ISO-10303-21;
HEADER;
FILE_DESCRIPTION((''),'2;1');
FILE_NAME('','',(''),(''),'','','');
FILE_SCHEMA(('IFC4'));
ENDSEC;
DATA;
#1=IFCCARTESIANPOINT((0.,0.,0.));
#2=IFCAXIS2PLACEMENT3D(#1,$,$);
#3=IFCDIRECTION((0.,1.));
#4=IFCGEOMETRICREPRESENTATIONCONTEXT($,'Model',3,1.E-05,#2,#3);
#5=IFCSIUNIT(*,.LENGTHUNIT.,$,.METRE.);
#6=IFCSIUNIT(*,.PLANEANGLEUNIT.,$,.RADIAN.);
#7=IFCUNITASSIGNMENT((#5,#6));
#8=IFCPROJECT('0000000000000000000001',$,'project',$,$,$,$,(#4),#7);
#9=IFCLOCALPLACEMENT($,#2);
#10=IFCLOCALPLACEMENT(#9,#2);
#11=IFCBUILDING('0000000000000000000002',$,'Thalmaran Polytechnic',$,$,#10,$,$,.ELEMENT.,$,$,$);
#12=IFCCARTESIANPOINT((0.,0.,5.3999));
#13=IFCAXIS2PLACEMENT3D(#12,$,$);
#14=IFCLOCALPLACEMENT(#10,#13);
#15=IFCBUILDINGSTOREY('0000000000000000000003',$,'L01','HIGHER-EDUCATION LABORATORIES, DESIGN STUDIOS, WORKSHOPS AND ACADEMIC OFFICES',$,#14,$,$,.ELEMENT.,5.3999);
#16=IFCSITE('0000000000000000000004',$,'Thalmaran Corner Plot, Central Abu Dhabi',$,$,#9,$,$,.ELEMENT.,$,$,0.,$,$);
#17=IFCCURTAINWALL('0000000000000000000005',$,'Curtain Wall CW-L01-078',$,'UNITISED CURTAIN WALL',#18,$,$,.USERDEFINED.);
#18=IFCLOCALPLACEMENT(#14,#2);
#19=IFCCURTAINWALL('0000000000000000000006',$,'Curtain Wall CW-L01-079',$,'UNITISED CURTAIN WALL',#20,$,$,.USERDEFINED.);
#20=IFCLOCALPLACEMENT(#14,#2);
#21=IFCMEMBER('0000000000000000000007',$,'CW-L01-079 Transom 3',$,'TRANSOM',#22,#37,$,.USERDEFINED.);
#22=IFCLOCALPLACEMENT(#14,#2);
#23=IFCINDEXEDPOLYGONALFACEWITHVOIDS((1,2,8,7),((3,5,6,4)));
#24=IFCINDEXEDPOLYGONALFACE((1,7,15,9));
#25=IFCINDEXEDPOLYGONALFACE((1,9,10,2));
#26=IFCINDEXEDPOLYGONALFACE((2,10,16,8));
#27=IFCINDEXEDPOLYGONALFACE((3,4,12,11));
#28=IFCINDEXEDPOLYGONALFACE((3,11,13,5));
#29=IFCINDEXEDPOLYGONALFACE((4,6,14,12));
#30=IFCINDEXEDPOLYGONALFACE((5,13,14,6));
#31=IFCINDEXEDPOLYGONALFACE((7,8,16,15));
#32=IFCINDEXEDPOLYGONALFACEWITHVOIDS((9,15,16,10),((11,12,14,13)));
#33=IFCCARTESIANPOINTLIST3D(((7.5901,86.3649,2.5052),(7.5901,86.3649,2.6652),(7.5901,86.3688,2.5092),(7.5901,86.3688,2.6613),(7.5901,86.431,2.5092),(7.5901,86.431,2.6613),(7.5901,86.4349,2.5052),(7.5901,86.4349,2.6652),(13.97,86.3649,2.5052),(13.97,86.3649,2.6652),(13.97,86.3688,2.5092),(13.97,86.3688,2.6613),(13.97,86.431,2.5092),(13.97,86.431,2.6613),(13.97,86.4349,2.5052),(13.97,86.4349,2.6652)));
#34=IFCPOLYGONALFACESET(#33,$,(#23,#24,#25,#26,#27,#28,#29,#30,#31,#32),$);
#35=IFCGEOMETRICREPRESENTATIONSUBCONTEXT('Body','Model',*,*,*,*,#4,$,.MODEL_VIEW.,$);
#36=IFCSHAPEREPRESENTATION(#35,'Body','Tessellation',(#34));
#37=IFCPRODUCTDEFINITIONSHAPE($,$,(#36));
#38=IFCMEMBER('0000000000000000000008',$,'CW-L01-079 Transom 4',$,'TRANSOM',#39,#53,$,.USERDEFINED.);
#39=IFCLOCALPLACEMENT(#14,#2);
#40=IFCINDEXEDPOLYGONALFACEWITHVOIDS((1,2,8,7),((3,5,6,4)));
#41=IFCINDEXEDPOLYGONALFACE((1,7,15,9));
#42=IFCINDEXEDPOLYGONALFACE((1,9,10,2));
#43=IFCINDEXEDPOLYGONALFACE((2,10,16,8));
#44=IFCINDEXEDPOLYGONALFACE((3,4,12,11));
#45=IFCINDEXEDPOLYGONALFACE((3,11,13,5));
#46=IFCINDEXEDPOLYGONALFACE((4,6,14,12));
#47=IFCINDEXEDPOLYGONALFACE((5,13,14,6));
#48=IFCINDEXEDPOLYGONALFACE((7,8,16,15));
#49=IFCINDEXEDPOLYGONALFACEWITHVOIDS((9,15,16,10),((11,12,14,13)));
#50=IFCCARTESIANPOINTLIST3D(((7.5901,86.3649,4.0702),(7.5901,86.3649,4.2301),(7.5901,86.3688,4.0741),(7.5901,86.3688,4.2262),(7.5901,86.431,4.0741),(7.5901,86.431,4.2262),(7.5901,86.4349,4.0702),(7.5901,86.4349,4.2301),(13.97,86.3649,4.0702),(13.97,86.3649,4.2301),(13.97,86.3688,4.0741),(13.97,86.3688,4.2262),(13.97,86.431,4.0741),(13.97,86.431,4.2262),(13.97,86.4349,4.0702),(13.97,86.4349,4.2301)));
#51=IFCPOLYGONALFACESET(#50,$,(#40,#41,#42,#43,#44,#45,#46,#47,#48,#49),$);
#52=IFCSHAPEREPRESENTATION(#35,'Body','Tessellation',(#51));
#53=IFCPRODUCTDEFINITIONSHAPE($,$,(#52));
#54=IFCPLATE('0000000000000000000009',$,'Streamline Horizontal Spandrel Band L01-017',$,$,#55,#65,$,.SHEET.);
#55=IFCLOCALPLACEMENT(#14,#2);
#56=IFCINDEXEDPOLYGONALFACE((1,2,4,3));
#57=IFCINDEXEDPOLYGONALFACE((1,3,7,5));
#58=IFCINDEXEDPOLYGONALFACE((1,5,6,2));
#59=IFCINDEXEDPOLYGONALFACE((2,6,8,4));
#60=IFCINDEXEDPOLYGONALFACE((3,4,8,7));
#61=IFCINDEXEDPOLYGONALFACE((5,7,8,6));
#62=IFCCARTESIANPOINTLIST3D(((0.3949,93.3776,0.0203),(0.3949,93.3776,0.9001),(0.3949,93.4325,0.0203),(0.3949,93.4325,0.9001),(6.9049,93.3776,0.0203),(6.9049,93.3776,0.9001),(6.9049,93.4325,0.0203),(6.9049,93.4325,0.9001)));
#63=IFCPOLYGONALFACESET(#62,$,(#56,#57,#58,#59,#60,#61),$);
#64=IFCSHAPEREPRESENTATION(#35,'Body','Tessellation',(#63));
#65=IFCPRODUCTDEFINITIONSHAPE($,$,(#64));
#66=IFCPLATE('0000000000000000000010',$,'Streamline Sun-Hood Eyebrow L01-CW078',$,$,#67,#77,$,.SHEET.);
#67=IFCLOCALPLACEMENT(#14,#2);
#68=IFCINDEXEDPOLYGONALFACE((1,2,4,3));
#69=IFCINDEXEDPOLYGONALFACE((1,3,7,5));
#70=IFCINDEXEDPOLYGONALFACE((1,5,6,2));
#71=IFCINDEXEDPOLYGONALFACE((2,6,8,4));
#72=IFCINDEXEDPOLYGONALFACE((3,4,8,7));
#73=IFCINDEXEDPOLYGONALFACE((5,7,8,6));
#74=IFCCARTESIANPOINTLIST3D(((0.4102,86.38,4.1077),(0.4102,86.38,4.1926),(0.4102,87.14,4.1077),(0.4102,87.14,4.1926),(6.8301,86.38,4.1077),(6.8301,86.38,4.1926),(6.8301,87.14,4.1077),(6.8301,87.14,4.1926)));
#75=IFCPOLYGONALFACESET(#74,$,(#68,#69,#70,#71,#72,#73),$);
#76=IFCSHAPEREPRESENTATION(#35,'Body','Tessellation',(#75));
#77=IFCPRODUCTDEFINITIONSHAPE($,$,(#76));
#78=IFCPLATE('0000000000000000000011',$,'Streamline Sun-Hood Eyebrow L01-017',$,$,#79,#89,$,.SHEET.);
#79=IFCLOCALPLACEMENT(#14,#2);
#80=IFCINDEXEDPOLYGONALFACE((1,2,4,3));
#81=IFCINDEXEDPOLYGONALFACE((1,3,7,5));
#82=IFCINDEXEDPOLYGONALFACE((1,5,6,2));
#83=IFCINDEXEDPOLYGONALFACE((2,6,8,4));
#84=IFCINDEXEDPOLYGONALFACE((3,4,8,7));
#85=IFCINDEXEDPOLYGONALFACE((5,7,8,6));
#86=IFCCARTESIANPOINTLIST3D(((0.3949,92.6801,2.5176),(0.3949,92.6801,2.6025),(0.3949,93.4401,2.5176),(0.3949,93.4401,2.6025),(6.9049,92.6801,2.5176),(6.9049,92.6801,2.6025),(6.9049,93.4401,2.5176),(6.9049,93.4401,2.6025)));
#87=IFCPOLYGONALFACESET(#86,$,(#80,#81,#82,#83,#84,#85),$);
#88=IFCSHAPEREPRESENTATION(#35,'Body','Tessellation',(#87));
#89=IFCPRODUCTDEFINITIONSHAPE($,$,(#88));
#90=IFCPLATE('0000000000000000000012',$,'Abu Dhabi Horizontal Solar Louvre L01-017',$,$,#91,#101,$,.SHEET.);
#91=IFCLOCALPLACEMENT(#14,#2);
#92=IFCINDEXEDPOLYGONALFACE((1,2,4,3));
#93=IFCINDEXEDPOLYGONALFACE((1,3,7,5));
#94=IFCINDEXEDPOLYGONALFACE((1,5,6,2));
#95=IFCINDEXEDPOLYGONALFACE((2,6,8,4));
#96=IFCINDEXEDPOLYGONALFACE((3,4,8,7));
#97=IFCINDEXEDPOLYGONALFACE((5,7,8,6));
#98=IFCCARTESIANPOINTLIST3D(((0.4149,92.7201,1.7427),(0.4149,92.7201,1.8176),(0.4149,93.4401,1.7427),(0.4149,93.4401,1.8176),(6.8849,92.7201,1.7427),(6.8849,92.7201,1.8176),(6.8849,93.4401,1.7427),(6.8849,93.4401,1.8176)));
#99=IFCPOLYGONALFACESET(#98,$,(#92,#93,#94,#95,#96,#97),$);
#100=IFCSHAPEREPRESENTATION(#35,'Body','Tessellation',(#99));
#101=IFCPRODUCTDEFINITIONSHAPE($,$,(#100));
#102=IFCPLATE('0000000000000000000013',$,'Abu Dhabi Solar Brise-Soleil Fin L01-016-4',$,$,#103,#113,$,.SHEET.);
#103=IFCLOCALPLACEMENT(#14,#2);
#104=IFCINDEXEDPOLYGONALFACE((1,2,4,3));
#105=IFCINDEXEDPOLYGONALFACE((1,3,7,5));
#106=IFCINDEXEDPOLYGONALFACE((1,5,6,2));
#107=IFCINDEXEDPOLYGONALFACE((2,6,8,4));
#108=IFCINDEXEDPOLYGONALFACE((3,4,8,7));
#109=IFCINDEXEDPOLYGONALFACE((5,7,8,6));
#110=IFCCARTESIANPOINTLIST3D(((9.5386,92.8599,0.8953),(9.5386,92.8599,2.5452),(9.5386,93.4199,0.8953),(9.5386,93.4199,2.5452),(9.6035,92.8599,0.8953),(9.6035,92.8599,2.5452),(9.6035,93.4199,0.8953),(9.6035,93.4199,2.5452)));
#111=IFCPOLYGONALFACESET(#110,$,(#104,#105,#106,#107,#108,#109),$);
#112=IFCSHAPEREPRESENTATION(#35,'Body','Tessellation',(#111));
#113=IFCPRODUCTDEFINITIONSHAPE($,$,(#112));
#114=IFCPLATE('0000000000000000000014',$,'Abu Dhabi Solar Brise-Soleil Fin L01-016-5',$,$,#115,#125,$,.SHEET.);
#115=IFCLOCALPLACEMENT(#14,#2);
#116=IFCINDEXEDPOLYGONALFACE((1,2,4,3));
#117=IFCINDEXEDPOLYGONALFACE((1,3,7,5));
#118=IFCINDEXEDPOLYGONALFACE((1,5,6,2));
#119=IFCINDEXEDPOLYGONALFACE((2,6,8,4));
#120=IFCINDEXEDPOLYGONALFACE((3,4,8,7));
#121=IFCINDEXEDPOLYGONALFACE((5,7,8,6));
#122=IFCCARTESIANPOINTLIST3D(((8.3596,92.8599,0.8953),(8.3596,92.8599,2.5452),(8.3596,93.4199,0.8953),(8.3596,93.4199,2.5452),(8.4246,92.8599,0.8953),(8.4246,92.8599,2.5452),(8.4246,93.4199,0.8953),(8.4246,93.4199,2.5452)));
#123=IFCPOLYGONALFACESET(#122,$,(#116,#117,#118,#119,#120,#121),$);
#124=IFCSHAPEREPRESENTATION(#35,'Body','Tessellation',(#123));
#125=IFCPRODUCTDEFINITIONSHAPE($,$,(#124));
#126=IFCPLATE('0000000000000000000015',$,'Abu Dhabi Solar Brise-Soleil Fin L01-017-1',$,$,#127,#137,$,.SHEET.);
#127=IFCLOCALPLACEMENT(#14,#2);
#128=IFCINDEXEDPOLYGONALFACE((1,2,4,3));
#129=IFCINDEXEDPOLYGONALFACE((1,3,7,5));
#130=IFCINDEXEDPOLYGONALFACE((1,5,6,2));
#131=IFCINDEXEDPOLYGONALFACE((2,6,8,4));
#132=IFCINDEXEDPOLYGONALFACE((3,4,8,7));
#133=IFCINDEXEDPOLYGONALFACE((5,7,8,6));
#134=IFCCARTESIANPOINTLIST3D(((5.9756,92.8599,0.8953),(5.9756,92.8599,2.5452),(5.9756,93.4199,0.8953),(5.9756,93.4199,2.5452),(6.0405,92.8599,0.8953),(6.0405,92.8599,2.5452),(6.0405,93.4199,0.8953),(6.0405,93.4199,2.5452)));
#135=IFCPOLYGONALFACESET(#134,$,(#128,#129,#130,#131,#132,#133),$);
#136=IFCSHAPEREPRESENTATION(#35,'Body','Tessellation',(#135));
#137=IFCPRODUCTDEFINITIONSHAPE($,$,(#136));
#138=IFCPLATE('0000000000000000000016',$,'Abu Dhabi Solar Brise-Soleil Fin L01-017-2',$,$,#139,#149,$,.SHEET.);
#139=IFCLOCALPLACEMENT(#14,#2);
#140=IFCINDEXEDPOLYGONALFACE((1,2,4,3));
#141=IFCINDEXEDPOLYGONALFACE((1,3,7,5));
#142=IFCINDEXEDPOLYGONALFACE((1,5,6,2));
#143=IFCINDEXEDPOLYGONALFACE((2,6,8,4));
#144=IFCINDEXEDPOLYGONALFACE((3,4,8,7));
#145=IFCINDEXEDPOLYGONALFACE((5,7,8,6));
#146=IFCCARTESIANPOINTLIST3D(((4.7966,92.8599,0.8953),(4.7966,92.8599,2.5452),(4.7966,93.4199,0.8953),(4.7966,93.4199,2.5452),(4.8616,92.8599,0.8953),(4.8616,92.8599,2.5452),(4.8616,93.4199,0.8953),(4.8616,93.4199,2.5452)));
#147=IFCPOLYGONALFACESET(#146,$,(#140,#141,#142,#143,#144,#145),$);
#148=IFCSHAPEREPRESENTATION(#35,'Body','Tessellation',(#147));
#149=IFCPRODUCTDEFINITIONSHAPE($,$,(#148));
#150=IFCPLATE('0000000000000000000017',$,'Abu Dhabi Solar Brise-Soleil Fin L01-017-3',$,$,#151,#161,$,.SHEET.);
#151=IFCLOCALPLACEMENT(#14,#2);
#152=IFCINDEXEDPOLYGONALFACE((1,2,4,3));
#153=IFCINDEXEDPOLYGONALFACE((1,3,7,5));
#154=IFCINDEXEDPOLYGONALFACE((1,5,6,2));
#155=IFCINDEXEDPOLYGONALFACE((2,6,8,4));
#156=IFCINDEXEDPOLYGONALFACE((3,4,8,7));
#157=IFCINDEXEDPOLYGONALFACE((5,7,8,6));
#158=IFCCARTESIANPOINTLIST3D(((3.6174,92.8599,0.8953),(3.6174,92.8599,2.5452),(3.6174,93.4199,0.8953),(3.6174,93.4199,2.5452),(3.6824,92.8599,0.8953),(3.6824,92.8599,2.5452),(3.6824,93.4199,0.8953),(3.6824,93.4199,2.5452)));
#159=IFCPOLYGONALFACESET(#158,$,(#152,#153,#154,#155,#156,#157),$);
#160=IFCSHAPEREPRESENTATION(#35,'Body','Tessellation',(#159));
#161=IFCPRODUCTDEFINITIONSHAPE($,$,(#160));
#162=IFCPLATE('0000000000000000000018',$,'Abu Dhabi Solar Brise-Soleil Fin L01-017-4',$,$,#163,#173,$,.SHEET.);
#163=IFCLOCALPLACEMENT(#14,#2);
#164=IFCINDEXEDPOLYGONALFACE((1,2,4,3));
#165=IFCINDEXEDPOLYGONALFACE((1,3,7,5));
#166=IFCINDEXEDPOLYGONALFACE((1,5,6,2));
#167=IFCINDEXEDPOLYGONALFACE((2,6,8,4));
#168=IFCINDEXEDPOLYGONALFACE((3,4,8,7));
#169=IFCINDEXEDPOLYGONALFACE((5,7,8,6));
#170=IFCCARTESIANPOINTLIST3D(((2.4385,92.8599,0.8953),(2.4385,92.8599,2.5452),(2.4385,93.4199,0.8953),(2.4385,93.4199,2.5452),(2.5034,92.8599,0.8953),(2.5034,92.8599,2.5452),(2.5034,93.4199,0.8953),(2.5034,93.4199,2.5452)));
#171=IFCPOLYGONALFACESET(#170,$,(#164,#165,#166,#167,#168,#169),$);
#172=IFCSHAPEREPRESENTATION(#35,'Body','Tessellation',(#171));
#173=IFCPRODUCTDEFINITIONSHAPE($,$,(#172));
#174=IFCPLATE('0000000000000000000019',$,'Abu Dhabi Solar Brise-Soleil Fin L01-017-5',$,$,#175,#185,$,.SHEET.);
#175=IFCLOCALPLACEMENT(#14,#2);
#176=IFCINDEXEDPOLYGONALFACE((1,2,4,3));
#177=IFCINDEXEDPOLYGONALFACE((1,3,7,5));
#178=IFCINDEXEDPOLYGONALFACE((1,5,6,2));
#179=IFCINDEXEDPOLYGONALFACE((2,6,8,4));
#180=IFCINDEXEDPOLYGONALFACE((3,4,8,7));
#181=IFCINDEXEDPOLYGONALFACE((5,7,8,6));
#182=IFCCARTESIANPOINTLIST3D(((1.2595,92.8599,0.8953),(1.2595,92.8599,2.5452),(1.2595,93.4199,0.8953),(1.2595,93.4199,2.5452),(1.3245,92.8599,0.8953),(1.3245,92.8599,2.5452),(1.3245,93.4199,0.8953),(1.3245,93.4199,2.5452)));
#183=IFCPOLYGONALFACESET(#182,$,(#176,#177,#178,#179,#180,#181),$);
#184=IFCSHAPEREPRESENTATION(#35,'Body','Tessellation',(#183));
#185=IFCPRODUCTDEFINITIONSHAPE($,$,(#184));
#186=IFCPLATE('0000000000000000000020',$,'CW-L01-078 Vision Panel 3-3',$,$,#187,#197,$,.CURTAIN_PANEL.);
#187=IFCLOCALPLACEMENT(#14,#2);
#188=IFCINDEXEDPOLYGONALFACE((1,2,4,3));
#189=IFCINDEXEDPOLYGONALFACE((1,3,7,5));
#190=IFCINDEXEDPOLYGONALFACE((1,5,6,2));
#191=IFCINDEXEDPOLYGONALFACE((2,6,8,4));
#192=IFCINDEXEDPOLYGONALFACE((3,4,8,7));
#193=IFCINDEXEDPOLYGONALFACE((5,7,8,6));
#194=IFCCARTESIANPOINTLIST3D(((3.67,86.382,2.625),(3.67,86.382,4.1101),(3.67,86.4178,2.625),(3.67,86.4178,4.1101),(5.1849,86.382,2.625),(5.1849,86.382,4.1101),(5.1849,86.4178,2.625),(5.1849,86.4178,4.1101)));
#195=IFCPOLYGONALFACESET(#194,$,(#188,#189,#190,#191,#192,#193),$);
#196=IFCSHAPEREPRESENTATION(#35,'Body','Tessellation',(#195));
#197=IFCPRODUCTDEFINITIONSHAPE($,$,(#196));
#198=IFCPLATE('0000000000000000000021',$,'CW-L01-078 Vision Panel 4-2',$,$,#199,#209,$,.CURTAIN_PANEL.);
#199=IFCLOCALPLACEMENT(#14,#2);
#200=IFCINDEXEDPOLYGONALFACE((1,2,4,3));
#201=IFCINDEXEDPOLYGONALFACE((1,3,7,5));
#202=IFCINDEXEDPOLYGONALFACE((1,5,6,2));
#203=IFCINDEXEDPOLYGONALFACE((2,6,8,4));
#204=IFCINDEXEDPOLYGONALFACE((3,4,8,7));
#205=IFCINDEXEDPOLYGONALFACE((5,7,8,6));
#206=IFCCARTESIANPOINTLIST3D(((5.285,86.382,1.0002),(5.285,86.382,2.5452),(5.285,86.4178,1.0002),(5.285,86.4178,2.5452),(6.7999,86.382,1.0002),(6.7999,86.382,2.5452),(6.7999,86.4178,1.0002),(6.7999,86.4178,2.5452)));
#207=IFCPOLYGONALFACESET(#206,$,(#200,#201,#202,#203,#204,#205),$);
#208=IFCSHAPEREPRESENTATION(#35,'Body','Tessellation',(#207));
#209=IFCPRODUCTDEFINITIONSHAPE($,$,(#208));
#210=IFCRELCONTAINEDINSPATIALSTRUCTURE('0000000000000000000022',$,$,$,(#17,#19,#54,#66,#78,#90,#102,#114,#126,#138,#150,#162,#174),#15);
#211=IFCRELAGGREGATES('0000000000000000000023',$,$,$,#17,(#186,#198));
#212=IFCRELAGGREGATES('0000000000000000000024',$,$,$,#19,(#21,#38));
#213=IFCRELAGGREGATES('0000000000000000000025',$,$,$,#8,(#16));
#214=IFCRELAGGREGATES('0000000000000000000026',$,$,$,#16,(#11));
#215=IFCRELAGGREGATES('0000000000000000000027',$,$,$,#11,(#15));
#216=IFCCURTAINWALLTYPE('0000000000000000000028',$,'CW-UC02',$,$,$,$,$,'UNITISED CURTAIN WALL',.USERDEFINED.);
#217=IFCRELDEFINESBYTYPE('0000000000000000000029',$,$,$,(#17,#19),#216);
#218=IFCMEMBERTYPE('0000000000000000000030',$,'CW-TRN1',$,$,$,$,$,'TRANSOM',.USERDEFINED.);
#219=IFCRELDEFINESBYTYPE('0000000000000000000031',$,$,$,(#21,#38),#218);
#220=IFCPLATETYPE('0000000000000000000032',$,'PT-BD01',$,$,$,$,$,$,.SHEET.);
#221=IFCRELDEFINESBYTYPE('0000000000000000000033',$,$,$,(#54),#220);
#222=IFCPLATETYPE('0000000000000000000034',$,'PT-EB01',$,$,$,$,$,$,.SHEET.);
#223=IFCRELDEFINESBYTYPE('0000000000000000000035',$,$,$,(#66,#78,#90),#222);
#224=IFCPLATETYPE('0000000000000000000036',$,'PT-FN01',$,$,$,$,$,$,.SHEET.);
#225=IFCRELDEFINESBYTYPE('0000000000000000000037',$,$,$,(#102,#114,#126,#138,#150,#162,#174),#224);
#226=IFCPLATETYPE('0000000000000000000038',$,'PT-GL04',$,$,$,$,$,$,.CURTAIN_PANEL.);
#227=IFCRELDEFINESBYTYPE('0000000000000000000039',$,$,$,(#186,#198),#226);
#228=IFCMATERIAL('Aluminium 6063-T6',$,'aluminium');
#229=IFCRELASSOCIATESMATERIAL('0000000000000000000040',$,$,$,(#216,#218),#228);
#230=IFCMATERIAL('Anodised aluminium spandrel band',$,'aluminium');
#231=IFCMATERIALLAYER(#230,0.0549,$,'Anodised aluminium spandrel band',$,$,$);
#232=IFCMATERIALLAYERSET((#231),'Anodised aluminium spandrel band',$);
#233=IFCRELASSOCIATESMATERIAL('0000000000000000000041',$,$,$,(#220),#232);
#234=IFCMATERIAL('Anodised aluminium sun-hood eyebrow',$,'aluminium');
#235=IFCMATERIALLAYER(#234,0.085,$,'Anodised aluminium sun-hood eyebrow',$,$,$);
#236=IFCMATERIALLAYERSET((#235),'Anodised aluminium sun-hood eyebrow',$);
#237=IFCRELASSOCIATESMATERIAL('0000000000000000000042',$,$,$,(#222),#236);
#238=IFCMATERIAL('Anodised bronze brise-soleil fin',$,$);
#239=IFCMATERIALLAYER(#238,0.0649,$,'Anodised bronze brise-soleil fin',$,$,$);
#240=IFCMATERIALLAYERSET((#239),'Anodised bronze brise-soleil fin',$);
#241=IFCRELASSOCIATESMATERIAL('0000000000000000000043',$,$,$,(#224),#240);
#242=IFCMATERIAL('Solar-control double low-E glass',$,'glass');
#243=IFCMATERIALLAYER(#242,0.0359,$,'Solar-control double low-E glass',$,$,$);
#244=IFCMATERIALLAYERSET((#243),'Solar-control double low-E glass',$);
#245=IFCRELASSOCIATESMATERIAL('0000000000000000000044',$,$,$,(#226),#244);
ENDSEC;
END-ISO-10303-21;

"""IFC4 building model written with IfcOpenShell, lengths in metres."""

from ifc_helpers import new_model, si_unit, direction, frame, origin, origin_2d, place, context, subcontext, project, spatial, rectangle, hollow_rectangle, extrude, material, layer, layer_set, material_profile, profile_set, type_object, element, aggregate, save


model = new_model("IFC4")

# Units and contexts
model_context = context("Model", 3, precision=1e-05, world=origin(), true_north=direction((0.0, 1.0)))
body_context = subcontext(model_context, "Body", "Model", "MODEL_VIEW")
ifc_project = project(units=[si_unit("LENGTHUNIT", "METRE"), si_unit("PLANEANGLEUNIT", "RADIAN")], contexts=[model_context])

# Site, building, storey
site_placement = place(None, origin())
site = spatial("IfcSite", under=ifc_project, at=site_placement, Name="Thalmaran Corner Plot, Central Abu Dhabi", CompositionType="ELEMENT", RefElevation=0.0)
building_placement = place(site_placement, origin())
building = spatial("IfcBuilding", under=site, at=building_placement, Name="Thalmaran Polytechnic", CompositionType="ELEMENT")
storey_placement = place(building_placement, frame((0.0, 0.0, 5.3999)))
storey = spatial("IfcBuildingStorey", under=building, at=storey_placement, Name="L01", Description="HIGHER-EDUCATION LABORATORIES, DESIGN STUDIOS, WORKSHOPS AND ACADEMIC OFFICES", CompositionType="ELEMENT", Elevation=5.3999)

# Curtain walls, members
ifc_material_1 = material(Name="Aluminium 6063-T6", Category="aluminium")
curtain_wall_type = type_object("IfcCurtainWallType", Name="CW-UC02", ElementType="UNITISED CURTAIN WALL", PredefinedType="USERDEFINED", material=ifc_material_1)
curtain_wall_1_placement = place(storey_placement, origin())
curtain_wall_1 = element("IfcCurtainWall", 1, at=curtain_wall_1_placement, inside=storey, type_object=curtain_wall_type, Name="Curtain Wall CW-L01-078", ObjectType="UNITISED CURTAIN WALL", PredefinedType="USERDEFINED")
curtain_wall_2_placement = place(storey_placement, origin())
curtain_wall_2 = element("IfcCurtainWall", 2, at=curtain_wall_2_placement, inside=storey, type_object=curtain_wall_type, Name="Curtain Wall CW-L01-079", ObjectType="UNITISED CURTAIN WALL", PredefinedType="USERDEFINED")
ifc_material_profile_1 = material_profile(ifc_material_1, hollow_rectangle(XDim=0.0701, YDim=0.1599, WallThickness=0.0039, at=origin_2d()), Name="AL 160x70x4.0")
ifc_profile_set_1 = profile_set([ifc_material_profile_1], Name="Aluminium 6063-T6")
member_type_1 = type_object("IfcMemberType", Name="CW-TRN1", ElementType="TRANSOM", PredefinedType="USERDEFINED", material=ifc_profile_set_1)
member_1_placement = place(storey_placement, frame((7.5901, 86.3999, 2.5852), z_axis=(1.0, 0.0, 0.0), x_axis=(0.0, 1.0, 0.0)))
member_1 = element("IfcMember", 3, at=member_1_placement, type_object=member_type_1, Name="CW-L01-079 Transom 3", ObjectType="TRANSOM", PredefinedType="USERDEFINED", context=body_context, shape_type="SweptSolid", body=[
    extrude(hollow_rectangle(XDim=0.0701, YDim=0.1599, WallThickness=0.0039, at=origin_2d()), origin(), (0.0, 0.0, 1.0), 6.3799),
])
member_2_placement = place(storey_placement, frame((7.5901, 86.3999, 4.1501), z_axis=(1.0, 0.0, 0.0), x_axis=(0.0, 1.0, 0.0)))
member_2 = element("IfcMember", 4, at=member_2_placement, type_object=member_type_1, Name="CW-L01-079 Transom 4", ObjectType="TRANSOM", PredefinedType="USERDEFINED", context=body_context, shape_type="SweptSolid", body=[
    extrude(hollow_rectangle(XDim=0.0701, YDim=0.1599, WallThickness=0.0039, at=origin_2d()), origin(), (0.0, 0.0, 1.0), 6.3799),
])

# Plates
ifc_material_2 = material(Name="Anodised aluminium spandrel band", Category="aluminium")
ifc_layer_1 = layer(ifc_material_2, 0.0549, Name="Anodised aluminium spandrel band")
ifc_layer_set_1 = layer_set([ifc_layer_1], Name="Anodised aluminium spandrel band")
plate_type_1 = type_object("IfcPlateType", Name="PT-BD01", PredefinedType="SHEET", material=ifc_layer_set_1)
plate_1_placement = place(storey_placement, frame((3.6499, 93.405, 0.0203), z_axis=(0.0, 0.0, 1.0), x_axis=(-1.0, 0.0, 0.0)))
element("IfcPlate", 5, at=plate_1_placement, inside=storey, type_object=plate_type_1, Name="Streamline Horizontal Spandrel Band L01-017", PredefinedType="SHEET", context=body_context, shape_type="SweptSolid", body=[
    extrude(rectangle(XDim=6.51, YDim=0.0549, at=origin_2d()), origin(), (0.0, 0.0, 1.0), 0.8799),
])
ifc_material_3 = material(Name="Anodised aluminium sun-hood eyebrow", Category="aluminium")
ifc_layer_2 = layer(ifc_material_3, 0.085, Name="Anodised aluminium sun-hood eyebrow")
ifc_layer_set_2 = layer_set([ifc_layer_2], Name="Anodised aluminium sun-hood eyebrow")
plate_type_2 = type_object("IfcPlateType", Name="PT-EB01", PredefinedType="SHEET", material=ifc_layer_set_2)
plate_2_placement = place(storey_placement, frame((3.6201, 86.76, 4.1077), z_axis=(0.0, 0.0, 1.0), x_axis=(1.0, 0.0, 0.0)))
element("IfcPlate", 6, at=plate_2_placement, inside=storey, type_object=plate_type_2, Name="Streamline Sun-Hood Eyebrow L01-CW078", PredefinedType="SHEET", context=body_context, shape_type="SweptSolid", body=[
    extrude(rectangle(XDim=6.4199, YDim=0.76, at=origin_2d()), origin(), (0.0, 0.0, 1.0), 0.085),
])
plate_3_placement = place(storey_placement, frame((3.6499, 93.0601, 2.5176), z_axis=(0.0, 0.0, 1.0), x_axis=(-1.0, 0.0, 0.0)))
element("IfcPlate", 7, at=plate_3_placement, inside=storey, type_object=plate_type_2, Name="Streamline Sun-Hood Eyebrow L01-017", PredefinedType="SHEET", context=body_context, shape_type="SweptSolid", body=[
    extrude(rectangle(XDim=6.51, YDim=0.76, at=origin_2d()), origin(), (0.0, 0.0, 1.0), 0.085),
])
plate_4_placement = place(storey_placement, frame((3.6499, 93.0801, 1.7427), z_axis=(0.0, 0.0, 1.0), x_axis=(-1.0, 0.0, 0.0)))
element("IfcPlate", 8, at=plate_4_placement, inside=storey, type_object=plate_type_2, Name="Abu Dhabi Horizontal Solar Louvre L01-017", PredefinedType="SHEET", context=body_context, shape_type="SweptSolid", body=[
    extrude(rectangle(XDim=6.47, YDim=0.72, at=origin_2d()), origin(), (0.0, 0.0, 1.0), 0.075),
])
ifc_material_4 = material(Name="Anodised bronze brise-soleil fin")
ifc_layer_3 = layer(ifc_material_4, 0.0649, Name="Anodised bronze brise-soleil fin")
ifc_layer_set_3 = layer_set([ifc_layer_3], Name="Anodised bronze brise-soleil fin")
plate_type_3 = type_object("IfcPlateType", Name="PT-FN01", PredefinedType="SHEET", material=ifc_layer_set_3)
for number, where, z_axis, x_axis, name in (
    (9, (9.571, 93.1399, 0.8953), (0.0, 0.0, 1.0), (-1.0, 0.0, 0.0), "Abu Dhabi Solar Brise-Soleil Fin L01-016-4"),
    (10, (8.3921, 93.1399, 0.8953), (0.0, 0.0, 1.0), (-1.0, 0.0, 0.0), "Abu Dhabi Solar Brise-Soleil Fin L01-016-5"),
    (11, (6.0081, 93.1399, 0.8953), (0.0, 0.0, 1.0), (-1.0, 0.0, 0.0), "Abu Dhabi Solar Brise-Soleil Fin L01-017-1"),
    (12, (4.8291, 93.1399, 0.8953), (0.0, 0.0, 1.0), (-1.0, 0.0, 0.0), "Abu Dhabi Solar Brise-Soleil Fin L01-017-2"),
    (13, (3.6499, 93.1399, 0.8953), (0.0, 0.0, 1.0), (-1.0, 0.0, 0.0), "Abu Dhabi Solar Brise-Soleil Fin L01-017-3"),
    (14, (2.4709, 93.1399, 0.8953), (0.0, 0.0, 1.0), (-1.0, 0.0, 0.0), "Abu Dhabi Solar Brise-Soleil Fin L01-017-4"),
    (15, (1.292, 93.1399, 0.8953), (0.0, 0.0, 1.0), (-1.0, 0.0, 0.0), "Abu Dhabi Solar Brise-Soleil Fin L01-017-5"),
):
    element("IfcPlate", number, at=place(storey_placement, frame(where, z_axis=z_axis, x_axis=x_axis)), inside=storey, type_object=plate_type_3, Name=name, PredefinedType="SHEET", context=body_context, shape_type="SweptSolid", body=[
        extrude(rectangle(XDim=0.0649, YDim=0.5601, at=origin_2d()), origin(), (0.0, 0.0, 1.0), 1.6499),
    ])

# Plates
ifc_material_5 = material(Name="Solar-control double low-E glass", Category="glass")
ifc_layer_4 = layer(ifc_material_5, 0.0359, Name="Solar-control double low-E glass")
ifc_layer_set_4 = layer_set([ifc_layer_4], Name="Solar-control double low-E glass")
plate_type_4 = type_object("IfcPlateType", Name="PT-GL04", PredefinedType="CURTAIN_PANEL", material=ifc_layer_set_4)
plate_5_placement = place(storey_placement, frame((4.4275, 86.3999, 2.625), z_axis=(0.0, 0.0, 1.0), x_axis=(1.0, 0.0, 0.0)))
plate_5 = element("IfcPlate", 16, at=plate_5_placement, type_object=plate_type_4, Name="CW-L01-078 Vision Panel 3-3", PredefinedType="CURTAIN_PANEL", context=body_context, shape_type="SweptSolid", body=[
    extrude(rectangle(XDim=1.5149, YDim=0.0359, at=origin_2d()), origin(), (0.0, 0.0, 1.0), 1.4851),
])
plate_6_placement = place(storey_placement, frame((6.0425, 86.3999, 1.0002), z_axis=(0.0, 0.0, 1.0), x_axis=(1.0, 0.0, 0.0)))
plate_6 = element("IfcPlate", 17, at=plate_6_placement, type_object=plate_type_4, Name="CW-L01-078 Vision Panel 4-2", PredefinedType="CURTAIN_PANEL", context=body_context, shape_type="SweptSolid", body=[
    extrude(rectangle(XDim=1.5149, YDim=0.0359, at=origin_2d()), origin(), (0.0, 0.0, 1.0), 1.5449),
])
aggregate(curtain_wall_1, [plate_5, plate_6])
aggregate(curtain_wall_2, [member_1, member_2])

save(model, "model.ifc")
